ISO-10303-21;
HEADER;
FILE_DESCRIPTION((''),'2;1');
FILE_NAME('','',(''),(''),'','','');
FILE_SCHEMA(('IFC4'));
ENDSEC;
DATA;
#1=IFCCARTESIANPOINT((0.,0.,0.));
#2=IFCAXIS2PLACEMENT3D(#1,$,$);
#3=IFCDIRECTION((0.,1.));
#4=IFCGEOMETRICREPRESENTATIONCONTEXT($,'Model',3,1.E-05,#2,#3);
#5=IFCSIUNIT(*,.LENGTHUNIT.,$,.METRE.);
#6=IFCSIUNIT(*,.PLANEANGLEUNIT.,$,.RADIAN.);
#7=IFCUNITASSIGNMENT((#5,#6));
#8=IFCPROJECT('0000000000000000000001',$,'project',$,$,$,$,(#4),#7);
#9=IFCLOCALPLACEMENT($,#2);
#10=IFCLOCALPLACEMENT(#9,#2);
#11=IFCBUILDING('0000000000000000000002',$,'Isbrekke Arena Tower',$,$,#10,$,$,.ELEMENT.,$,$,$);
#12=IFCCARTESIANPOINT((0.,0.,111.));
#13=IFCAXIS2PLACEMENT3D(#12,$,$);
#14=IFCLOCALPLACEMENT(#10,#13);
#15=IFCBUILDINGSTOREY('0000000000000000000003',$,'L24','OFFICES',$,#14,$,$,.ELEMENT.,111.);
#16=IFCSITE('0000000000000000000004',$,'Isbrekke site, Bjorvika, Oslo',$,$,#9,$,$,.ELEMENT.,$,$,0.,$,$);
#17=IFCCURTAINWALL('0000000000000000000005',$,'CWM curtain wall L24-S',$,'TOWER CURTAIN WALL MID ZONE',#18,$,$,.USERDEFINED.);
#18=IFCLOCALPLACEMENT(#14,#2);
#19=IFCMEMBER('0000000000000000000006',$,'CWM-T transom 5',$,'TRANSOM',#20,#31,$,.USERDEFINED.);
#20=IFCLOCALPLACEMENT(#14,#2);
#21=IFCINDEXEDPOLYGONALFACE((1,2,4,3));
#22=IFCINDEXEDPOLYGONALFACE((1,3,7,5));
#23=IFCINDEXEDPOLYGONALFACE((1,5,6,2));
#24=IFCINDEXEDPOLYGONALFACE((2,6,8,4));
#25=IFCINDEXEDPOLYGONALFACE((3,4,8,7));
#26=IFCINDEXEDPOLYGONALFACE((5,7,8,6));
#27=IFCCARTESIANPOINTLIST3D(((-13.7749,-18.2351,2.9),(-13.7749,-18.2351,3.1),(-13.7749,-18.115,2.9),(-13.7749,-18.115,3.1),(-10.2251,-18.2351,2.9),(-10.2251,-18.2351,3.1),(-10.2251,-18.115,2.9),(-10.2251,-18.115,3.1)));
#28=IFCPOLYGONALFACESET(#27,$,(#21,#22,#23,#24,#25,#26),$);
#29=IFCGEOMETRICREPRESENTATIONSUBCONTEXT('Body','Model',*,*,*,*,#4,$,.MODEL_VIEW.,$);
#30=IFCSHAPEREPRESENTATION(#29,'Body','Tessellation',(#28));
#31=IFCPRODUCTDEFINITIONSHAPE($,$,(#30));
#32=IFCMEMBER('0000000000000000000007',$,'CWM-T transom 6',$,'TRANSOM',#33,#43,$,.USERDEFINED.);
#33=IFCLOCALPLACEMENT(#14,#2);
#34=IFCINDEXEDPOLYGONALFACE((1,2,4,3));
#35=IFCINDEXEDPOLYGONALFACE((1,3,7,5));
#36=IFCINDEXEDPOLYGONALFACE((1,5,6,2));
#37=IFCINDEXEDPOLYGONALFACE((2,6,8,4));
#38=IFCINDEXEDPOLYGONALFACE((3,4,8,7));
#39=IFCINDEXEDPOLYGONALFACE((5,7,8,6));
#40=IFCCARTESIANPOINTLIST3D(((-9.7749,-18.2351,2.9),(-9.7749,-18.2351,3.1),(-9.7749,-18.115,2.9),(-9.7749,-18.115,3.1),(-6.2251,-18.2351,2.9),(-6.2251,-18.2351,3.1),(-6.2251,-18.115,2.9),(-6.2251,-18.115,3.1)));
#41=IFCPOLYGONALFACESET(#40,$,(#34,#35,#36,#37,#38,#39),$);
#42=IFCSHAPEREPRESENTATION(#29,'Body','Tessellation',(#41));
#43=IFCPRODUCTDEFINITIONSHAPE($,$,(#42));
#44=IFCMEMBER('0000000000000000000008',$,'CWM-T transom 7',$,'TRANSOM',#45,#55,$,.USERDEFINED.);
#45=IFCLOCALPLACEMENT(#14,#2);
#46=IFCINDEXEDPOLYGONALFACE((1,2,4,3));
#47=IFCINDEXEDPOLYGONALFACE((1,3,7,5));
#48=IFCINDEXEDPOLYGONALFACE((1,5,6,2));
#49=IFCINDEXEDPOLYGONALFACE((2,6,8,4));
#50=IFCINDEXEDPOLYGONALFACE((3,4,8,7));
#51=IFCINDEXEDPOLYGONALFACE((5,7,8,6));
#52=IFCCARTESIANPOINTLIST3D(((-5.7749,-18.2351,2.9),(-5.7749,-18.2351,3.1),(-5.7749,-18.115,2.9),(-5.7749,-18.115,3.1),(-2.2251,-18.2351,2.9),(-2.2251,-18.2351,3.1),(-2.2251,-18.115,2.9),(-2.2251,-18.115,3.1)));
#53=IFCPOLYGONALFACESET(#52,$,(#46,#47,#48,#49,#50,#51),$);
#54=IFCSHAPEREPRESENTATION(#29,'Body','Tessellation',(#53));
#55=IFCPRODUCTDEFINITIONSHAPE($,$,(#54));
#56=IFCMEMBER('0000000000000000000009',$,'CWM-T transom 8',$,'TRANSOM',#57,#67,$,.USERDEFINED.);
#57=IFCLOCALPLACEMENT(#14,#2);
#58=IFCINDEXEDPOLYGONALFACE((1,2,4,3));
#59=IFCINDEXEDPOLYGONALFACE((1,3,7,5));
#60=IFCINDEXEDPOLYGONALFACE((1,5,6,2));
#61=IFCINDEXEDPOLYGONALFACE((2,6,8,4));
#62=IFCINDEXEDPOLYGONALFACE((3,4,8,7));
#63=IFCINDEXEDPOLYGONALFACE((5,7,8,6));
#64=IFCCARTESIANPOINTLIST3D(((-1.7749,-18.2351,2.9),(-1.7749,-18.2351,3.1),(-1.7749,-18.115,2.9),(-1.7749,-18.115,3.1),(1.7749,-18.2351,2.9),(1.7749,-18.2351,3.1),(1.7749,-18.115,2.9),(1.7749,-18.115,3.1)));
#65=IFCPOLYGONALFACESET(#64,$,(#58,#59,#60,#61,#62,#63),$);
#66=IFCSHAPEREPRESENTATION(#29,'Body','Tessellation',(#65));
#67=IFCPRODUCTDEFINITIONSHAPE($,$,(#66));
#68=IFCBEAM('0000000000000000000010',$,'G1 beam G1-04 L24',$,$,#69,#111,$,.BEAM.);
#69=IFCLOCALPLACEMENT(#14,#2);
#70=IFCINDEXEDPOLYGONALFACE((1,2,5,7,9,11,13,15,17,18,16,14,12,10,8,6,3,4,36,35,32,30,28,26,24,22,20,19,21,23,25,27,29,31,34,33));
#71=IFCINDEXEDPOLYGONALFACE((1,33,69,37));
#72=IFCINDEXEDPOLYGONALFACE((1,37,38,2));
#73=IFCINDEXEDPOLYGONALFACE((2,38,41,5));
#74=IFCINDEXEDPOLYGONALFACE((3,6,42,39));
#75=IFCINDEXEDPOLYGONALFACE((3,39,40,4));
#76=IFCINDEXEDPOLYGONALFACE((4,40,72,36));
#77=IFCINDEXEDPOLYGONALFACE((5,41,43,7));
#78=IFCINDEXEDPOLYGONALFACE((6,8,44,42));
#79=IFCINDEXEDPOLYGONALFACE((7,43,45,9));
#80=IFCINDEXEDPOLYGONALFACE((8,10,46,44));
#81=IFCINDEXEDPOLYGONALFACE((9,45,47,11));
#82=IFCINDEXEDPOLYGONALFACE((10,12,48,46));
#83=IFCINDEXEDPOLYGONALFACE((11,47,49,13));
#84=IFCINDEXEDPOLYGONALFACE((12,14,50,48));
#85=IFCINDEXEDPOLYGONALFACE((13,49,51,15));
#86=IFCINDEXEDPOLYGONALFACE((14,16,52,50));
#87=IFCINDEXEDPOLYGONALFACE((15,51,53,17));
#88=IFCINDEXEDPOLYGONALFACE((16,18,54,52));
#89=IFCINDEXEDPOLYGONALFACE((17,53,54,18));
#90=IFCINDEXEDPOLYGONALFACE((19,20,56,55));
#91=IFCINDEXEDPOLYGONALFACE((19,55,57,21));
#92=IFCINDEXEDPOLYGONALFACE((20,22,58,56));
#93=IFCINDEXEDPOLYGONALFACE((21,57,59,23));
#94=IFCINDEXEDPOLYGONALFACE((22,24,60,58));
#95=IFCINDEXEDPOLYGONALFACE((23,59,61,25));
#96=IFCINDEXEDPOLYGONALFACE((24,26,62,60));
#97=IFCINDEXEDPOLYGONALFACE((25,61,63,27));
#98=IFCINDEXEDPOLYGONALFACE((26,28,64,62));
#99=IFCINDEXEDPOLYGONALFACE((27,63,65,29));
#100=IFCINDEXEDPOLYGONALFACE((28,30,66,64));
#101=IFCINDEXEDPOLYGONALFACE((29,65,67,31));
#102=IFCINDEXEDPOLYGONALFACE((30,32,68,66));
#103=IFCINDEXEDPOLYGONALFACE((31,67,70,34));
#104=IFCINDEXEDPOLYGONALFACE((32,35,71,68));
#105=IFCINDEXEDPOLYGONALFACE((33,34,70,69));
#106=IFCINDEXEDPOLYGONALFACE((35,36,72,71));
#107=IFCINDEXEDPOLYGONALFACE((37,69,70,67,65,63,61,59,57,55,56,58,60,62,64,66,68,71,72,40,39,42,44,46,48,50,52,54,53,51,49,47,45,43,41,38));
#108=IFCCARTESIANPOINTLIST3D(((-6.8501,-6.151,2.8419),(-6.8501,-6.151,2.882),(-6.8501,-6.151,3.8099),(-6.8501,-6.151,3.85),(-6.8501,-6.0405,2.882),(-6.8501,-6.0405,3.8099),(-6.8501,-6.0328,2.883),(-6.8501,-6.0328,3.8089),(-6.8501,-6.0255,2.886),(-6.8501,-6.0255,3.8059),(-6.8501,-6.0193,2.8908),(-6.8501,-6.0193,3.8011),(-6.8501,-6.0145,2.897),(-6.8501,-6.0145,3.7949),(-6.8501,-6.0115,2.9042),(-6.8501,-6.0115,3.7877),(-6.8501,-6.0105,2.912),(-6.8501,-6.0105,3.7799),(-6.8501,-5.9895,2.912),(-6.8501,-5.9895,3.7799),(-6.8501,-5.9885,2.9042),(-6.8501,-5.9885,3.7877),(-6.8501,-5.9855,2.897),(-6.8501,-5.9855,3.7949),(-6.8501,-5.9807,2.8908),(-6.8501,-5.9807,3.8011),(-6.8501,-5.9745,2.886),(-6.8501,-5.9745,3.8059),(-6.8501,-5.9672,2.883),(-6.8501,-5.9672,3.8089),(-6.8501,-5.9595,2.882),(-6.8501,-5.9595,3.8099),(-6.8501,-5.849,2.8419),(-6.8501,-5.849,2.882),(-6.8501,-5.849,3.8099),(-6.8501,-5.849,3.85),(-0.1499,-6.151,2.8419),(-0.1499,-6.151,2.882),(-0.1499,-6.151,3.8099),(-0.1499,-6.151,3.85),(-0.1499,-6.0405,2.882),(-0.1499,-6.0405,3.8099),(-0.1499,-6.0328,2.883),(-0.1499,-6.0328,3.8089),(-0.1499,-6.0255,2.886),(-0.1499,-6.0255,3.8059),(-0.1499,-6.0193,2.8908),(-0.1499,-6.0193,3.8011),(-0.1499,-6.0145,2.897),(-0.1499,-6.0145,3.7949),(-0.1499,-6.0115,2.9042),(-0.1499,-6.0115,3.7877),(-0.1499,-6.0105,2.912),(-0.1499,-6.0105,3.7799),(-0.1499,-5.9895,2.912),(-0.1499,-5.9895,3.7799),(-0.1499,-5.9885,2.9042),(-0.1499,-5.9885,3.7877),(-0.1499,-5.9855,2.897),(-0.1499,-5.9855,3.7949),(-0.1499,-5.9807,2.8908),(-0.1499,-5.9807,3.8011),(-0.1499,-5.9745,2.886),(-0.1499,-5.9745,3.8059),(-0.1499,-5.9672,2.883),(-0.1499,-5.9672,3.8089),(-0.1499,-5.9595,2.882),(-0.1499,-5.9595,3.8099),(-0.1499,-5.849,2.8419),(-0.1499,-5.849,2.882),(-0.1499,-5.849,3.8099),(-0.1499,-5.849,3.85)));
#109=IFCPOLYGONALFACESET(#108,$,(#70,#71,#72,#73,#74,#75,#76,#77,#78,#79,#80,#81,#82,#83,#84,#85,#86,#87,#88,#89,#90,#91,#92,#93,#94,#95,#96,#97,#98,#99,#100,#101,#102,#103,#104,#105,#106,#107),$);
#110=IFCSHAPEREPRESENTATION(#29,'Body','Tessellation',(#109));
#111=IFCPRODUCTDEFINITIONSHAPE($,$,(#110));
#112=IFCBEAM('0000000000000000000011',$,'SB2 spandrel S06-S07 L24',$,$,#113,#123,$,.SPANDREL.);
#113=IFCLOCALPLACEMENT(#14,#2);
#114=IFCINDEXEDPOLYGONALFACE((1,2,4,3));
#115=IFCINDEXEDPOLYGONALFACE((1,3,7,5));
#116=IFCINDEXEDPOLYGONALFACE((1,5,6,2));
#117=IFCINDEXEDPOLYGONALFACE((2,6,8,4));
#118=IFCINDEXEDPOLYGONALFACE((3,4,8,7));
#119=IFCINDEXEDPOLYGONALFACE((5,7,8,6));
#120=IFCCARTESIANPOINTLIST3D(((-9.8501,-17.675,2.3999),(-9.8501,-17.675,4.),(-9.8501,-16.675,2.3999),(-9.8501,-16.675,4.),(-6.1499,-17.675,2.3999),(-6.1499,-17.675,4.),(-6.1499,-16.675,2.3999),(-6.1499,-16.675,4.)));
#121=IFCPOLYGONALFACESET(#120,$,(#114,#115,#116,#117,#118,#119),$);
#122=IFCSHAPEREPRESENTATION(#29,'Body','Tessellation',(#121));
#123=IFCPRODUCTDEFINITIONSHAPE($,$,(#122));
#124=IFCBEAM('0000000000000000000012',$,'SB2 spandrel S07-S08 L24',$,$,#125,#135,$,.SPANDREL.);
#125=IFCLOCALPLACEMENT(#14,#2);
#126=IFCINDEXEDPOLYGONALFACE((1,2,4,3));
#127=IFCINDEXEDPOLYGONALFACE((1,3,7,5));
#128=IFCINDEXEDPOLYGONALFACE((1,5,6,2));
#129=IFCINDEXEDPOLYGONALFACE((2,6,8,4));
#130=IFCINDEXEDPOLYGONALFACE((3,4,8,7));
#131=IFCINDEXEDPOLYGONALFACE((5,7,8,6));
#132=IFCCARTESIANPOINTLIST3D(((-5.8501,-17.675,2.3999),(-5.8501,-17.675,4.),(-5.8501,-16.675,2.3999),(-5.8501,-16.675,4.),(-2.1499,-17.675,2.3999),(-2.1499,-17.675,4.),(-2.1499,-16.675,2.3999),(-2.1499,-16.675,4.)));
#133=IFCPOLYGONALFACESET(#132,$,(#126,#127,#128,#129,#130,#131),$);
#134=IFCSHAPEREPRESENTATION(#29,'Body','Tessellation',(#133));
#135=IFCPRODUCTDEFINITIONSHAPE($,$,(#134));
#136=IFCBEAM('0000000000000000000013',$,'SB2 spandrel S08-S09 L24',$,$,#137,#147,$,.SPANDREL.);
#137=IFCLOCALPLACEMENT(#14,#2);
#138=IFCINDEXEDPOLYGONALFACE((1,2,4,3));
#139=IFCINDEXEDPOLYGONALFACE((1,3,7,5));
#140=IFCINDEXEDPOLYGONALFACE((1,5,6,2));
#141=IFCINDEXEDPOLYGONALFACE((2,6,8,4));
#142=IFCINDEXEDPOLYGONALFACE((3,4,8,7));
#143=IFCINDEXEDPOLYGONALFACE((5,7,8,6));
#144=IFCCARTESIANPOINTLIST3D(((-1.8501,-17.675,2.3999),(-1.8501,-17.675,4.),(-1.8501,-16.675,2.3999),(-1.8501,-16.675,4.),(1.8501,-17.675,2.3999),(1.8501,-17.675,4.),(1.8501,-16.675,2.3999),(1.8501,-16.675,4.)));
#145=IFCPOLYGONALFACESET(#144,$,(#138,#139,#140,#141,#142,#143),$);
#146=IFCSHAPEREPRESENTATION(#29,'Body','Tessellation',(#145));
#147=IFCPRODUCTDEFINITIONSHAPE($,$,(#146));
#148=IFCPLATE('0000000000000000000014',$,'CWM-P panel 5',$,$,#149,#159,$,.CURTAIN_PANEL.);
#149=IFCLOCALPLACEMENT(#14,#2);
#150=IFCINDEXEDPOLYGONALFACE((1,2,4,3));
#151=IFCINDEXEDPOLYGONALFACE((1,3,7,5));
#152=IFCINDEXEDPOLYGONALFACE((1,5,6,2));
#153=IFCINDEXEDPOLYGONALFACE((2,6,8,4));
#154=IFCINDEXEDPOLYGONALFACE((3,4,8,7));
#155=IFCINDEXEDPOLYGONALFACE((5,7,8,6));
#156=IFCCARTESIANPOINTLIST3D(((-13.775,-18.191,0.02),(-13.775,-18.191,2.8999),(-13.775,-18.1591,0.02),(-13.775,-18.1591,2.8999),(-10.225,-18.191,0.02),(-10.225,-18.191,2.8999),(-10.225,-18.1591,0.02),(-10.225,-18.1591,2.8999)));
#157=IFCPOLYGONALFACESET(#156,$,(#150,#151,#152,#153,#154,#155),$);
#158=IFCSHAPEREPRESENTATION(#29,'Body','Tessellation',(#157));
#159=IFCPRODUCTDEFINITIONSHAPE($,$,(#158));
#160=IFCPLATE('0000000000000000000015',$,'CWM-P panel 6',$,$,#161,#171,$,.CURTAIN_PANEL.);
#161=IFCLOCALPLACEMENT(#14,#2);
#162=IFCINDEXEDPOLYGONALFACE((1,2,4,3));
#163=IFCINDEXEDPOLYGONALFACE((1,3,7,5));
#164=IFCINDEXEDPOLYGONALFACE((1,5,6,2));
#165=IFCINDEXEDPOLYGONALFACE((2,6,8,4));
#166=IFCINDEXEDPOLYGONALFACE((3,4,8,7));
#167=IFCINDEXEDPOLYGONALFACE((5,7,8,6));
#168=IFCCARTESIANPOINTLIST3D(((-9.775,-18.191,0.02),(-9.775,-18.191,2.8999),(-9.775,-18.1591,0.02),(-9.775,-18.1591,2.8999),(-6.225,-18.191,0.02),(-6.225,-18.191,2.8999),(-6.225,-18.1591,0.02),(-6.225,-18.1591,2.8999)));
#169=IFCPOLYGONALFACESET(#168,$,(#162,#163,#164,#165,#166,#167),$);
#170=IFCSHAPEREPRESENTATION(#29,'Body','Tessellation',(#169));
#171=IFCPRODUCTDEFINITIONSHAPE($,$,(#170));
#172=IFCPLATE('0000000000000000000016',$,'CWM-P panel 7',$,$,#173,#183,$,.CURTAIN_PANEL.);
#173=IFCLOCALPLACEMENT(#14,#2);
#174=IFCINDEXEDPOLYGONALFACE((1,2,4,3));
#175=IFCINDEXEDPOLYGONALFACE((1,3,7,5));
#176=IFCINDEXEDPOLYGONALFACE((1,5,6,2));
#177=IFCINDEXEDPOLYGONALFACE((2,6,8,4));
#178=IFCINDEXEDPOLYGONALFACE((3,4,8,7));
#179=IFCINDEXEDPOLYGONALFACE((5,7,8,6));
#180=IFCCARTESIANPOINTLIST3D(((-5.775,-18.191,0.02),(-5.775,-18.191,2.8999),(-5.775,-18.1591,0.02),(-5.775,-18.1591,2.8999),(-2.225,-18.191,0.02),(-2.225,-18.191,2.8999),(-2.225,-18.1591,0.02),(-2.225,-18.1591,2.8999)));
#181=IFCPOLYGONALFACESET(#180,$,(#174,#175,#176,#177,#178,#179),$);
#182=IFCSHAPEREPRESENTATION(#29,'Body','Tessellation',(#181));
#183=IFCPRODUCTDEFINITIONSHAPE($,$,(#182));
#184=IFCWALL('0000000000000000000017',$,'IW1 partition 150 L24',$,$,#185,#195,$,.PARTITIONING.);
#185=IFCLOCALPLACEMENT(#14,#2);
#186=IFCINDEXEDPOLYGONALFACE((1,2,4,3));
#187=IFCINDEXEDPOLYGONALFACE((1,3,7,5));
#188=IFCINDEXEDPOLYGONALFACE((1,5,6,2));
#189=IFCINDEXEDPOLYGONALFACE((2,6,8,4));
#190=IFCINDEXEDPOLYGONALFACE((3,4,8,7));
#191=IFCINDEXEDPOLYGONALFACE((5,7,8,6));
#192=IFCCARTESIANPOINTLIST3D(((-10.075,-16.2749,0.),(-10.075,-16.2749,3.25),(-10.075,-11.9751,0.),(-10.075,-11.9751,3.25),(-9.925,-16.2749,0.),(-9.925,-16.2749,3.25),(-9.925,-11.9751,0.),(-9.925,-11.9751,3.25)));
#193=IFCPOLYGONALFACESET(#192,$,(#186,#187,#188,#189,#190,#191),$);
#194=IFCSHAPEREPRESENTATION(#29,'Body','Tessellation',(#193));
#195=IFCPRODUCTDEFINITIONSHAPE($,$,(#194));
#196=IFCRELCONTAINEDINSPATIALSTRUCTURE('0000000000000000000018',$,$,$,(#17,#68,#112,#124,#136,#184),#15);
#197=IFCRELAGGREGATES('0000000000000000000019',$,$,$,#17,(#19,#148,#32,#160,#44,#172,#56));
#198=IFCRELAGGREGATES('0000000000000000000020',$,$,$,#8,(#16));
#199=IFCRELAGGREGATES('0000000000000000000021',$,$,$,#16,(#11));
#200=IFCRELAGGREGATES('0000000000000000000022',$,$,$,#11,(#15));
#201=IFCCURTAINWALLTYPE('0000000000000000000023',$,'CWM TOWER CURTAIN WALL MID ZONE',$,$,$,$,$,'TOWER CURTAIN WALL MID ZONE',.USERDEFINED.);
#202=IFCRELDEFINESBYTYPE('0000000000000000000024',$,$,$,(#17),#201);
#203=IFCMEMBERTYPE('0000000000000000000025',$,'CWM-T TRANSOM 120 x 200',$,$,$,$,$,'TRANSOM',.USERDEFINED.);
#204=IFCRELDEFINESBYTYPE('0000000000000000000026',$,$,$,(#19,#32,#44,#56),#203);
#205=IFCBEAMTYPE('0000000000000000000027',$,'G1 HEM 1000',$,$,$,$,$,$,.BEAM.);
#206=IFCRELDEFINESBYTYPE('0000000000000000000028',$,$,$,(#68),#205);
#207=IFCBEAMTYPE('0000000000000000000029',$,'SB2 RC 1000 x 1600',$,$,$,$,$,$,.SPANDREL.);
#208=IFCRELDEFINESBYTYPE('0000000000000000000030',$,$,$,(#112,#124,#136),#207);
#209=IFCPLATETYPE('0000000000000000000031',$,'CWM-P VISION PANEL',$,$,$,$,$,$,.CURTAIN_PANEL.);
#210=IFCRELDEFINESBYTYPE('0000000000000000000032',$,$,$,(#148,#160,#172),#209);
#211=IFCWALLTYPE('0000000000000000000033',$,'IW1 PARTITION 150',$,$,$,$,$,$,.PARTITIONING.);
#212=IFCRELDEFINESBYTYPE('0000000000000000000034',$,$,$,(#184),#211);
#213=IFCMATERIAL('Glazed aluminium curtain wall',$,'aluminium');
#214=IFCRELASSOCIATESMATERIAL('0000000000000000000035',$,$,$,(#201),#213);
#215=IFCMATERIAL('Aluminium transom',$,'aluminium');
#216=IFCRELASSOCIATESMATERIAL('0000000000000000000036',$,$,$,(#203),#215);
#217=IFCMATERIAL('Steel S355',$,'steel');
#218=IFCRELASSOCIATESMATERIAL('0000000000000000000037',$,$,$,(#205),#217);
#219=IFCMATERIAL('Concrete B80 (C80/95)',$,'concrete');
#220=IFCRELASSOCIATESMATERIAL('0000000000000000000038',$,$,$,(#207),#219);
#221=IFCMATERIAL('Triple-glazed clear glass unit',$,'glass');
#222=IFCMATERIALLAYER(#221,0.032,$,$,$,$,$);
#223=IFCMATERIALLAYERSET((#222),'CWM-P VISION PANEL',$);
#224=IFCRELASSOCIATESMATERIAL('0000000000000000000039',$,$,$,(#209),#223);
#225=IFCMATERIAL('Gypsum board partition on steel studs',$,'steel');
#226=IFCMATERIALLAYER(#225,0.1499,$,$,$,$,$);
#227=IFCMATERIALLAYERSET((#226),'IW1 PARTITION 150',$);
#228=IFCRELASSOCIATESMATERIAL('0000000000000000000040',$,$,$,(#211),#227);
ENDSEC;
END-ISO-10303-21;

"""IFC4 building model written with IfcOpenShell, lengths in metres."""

from ifc_helpers import new_model, si_unit, direction, frame, frame_2d, origin, origin_2d, place, context, subcontext, project, spatial, rectangle, i_section, extrude, material, layer, layer_set, material_profile, profile_set, type_object, element, aggregate, save


model = new_model("IFC4")

# Units and contexts
model_context = context("Model", 3, precision=1e-05, world=origin(), true_north=direction((0.0, 1.0)))
body_context = subcontext(model_context, "Body", "Model", "MODEL_VIEW")
ifc_project = project(units=[si_unit("LENGTHUNIT", "METRE"), si_unit("PLANEANGLEUNIT", "RADIAN")], contexts=[model_context])

# Site, building, storey
site_placement = place(None, origin())
site = spatial("IfcSite", under=ifc_project, at=site_placement, Name="Isbrekke site, Bjorvika, Oslo", CompositionType="ELEMENT", RefElevation=0.0)
building_placement = place(site_placement, origin())
building = spatial("IfcBuilding", under=site, at=building_placement, Name="Isbrekke Arena Tower", CompositionType="ELEMENT")
storey_placement = place(building_placement, frame((0.0, 0.0, 111.0)))
storey = spatial("IfcBuildingStorey", under=building, at=storey_placement, Name="L24", Description="OFFICES", CompositionType="ELEMENT", Elevation=111.0)

# Curtain wall, members
ifc_material_1 = material(Name="Glazed aluminium curtain wall", Category="aluminium")
curtain_wall_type = type_object("IfcCurtainWallType", Name="CWM TOWER CURTAIN WALL MID ZONE", ElementType="TOWER CURTAIN WALL MID ZONE", PredefinedType="USERDEFINED", material=ifc_material_1)
curtain_wall_placement = place(storey_placement, origin())
curtain_wall = element("IfcCurtainWall", 1, at=curtain_wall_placement, inside=storey, type_object=curtain_wall_type, Name="CWM curtain wall L24-S", ObjectType="TOWER CURTAIN WALL MID ZONE", PredefinedType="USERDEFINED")
ifc_material_2 = material(Name="Aluminium transom", Category="aluminium")
ifc_material_profile_1 = material_profile(ifc_material_2, rectangle(XDim=0.1201, YDim=0.2, at=origin_2d()), Name="TRANSOM 120X200")
ifc_profile_set_1 = profile_set([ifc_material_profile_1], Name="Aluminium transom")
member_type_1 = type_object("IfcMemberType", Name="CWM-T TRANSOM 120 x 200", ElementType="TRANSOM", PredefinedType="USERDEFINED", material=ifc_profile_set_1)
member_1_placement = place(storey_placement, frame((-13.7749, -18.175, 3.0), z_axis=(1.0, 0.0, 0.0), x_axis=(0.0, 1.0, 0.0)))
member_1 = element("IfcMember", 2, at=member_1_placement, type_object=member_type_1, Name="CWM-T transom 5", ObjectType="TRANSOM", PredefinedType="USERDEFINED", context=body_context, shape_type="SweptSolid", body=[
    extrude(rectangle(XDim=0.1201, YDim=0.2, at=origin_2d()), origin(), (0.0, 0.0, 1.0), 3.5498),
])
member_2_placement = place(storey_placement, frame((-9.7749, -18.175, 3.0), z_axis=(1.0, 0.0, 0.0), x_axis=(0.0, 1.0, 0.0)))
member_2 = element("IfcMember", 3, at=member_2_placement, type_object=member_type_1, Name="CWM-T transom 6", ObjectType="TRANSOM", PredefinedType="USERDEFINED", context=body_context, shape_type="SweptSolid", body=[
    extrude(rectangle(XDim=0.1201, YDim=0.2, at=origin_2d()), origin(), (0.0, 0.0, 1.0), 3.5498),
])
member_3_placement = place(storey_placement, frame((-5.7749, -18.175, 3.0), z_axis=(1.0, 0.0, 0.0), x_axis=(0.0, 1.0, 0.0)))
member_3 = element("IfcMember", 4, at=member_3_placement, type_object=member_type_1, Name="CWM-T transom 7", ObjectType="TRANSOM", PredefinedType="USERDEFINED", context=body_context, shape_type="SweptSolid", body=[
    extrude(rectangle(XDim=0.1201, YDim=0.2, at=origin_2d()), origin(), (0.0, 0.0, 1.0), 3.5498),
])
member_4_placement = place(storey_placement, frame((-1.7749, -18.175, 3.0), z_axis=(1.0, 0.0, 0.0), x_axis=(0.0, 1.0, 0.0)))
member_4 = element("IfcMember", 5, at=member_4_placement, type_object=member_type_1, Name="CWM-T transom 8", ObjectType="TRANSOM", PredefinedType="USERDEFINED", context=body_context, shape_type="SweptSolid", body=[
    extrude(rectangle(XDim=0.1201, YDim=0.2, at=origin_2d()), origin(), (0.0, 0.0, 1.0), 3.5498),
])

# Beams
ifc_material_3 = material(Name="Steel S355", Category="steel")
ifc_material_profile_2 = material_profile(ifc_material_3, i_section(OverallWidth=0.302, OverallDepth=1.0081, WebThickness=0.021, FlangeThickness=0.04, FilletRadius=0.03, at=origin_2d()), Name="HEM 1000")
ifc_profile_set_2 = profile_set([ifc_material_profile_2], Name="Steel S355")
beam_type_1 = type_object("IfcBeamType", Name="G1 HEM 1000", PredefinedType="BEAM", material=ifc_profile_set_2)
beam_1_placement = place(storey_placement, frame((-6.8501, -6.0, 3.3459), z_axis=(1.0, 0.0, 0.0), x_axis=(0.0, 1.0, 0.0)))
element("IfcBeam", 6, at=beam_1_placement, inside=storey, type_object=beam_type_1, Name="G1 beam G1-04 L24", PredefinedType="BEAM", context=body_context, shape_type="SweptSolid", body=[
    extrude(i_section(OverallWidth=0.302, OverallDepth=1.0081, WebThickness=0.021, FlangeThickness=0.04, FilletRadius=0.03, at=origin_2d()), origin(), (0.0, 0.0, 1.0), 6.7002),
])
ifc_material_4 = material(Name="Concrete B80 (C80/95)", Category="concrete")
ifc_material_profile_3 = material_profile(ifc_material_4, rectangle(XDim=1.0, YDim=1.6001, at=origin_2d()), Name="RC 1000x1600")
ifc_profile_set_3 = profile_set([ifc_material_profile_3], Name="Concrete B80 (C80/95)")
beam_type_2 = type_object("IfcBeamType", Name="SB2 RC 1000 x 1600", PredefinedType="SPANDREL", material=ifc_profile_set_3)
for number, where, z_axis, x_axis, name in (
    (7, (-9.8501, -17.175, 3.2), (1.0, 0.0, 0.0), (0.0, 1.0, 0.0), "SB2 spandrel S06-S07 L24"),
    (8, (-5.8501, -17.175, 3.2), (1.0, 0.0, 0.0), (0.0, 1.0, 0.0), "SB2 spandrel S07-S08 L24"),
    (9, (-1.8501, -17.175, 3.2), (1.0, 0.0, 0.0), (0.0, 1.0, 0.0), "SB2 spandrel S08-S09 L24"),
):
    element("IfcBeam", number, at=place(storey_placement, frame(where, z_axis=z_axis, x_axis=x_axis)), inside=storey, type_object=beam_type_2, Name=name, PredefinedType="SPANDREL", context=body_context, shape_type="SweptSolid", body=[
        extrude(rectangle(XDim=1.0, YDim=1.6001, at=origin_2d()), origin(), (0.0, 0.0, 1.0), 3.7002),
    ])

# Plates
ifc_material_5 = material(Name="Triple-glazed clear glass unit", Category="glass")
ifc_layer_1 = layer(ifc_material_5, 0.032)
ifc_layer_set_1 = layer_set([ifc_layer_1], Name="CWM-P VISION PANEL")
plate_type = type_object("IfcPlateType", Name="CWM-P VISION PANEL", PredefinedType="CURTAIN_PANEL", material=ifc_layer_set_1)
plate_1_placement = place(storey_placement, frame((-12.0, -18.175, 0.02), z_axis=(0.0, 0.0, 1.0), x_axis=(1.0, 0.0, 0.0)))
plate_1 = element("IfcPlate", 10, at=plate_1_placement, type_object=plate_type, Name="CWM-P panel 5", PredefinedType="CURTAIN_PANEL", context=body_context, shape_type="SweptSolid", body=[
    extrude(rectangle(XDim=3.55, YDim=0.032, at=origin_2d()), origin(), (0.0, 0.0, 1.0), 2.8799),
])
plate_2_placement = place(storey_placement, frame((-8.0, -18.175, 0.02), z_axis=(0.0, 0.0, 1.0), x_axis=(1.0, 0.0, 0.0)))
plate_2 = element("IfcPlate", 11, at=plate_2_placement, type_object=plate_type, Name="CWM-P panel 6", PredefinedType="CURTAIN_PANEL", context=body_context, shape_type="SweptSolid", body=[
    extrude(rectangle(XDim=3.55, YDim=0.032, at=origin_2d()), origin(), (0.0, 0.0, 1.0), 2.8799),
])
plate_3_placement = place(storey_placement, frame((-4.0, -18.175, 0.02), z_axis=(0.0, 0.0, 1.0), x_axis=(1.0, 0.0, 0.0)))
plate_3 = element("IfcPlate", 12, at=plate_3_placement, type_object=plate_type, Name="CWM-P panel 7", PredefinedType="CURTAIN_PANEL", context=body_context, shape_type="SweptSolid", body=[
    extrude(rectangle(XDim=3.55, YDim=0.032, at=origin_2d()), origin(), (0.0, 0.0, 1.0), 2.8799),
])
aggregate(curtain_wall, [member_1, plate_1, member_2, plate_2, member_3, plate_3, member_4])

# Wall
ifc_material_6 = material(Name="Gypsum board partition on steel studs", Category="steel")
ifc_layer_2 = layer(ifc_material_6, 0.1499)
ifc_layer_set_2 = layer_set([ifc_layer_2], Name="IW1 PARTITION 150")
wall_type_1 = type_object("IfcWallType", Name="IW1 PARTITION 150", PredefinedType="PARTITIONING", material=ifc_layer_set_2)
wall_1_placement = place(storey_placement, frame((-10.0, -16.2749, 0.0), z_axis=(0.0, 0.0, 1.0), x_axis=(0.0, 1.0, 0.0)))
element("IfcWall", 13, at=wall_1_placement, inside=storey, type_object=wall_type_1, Name="IW1 partition 150 L24", PredefinedType="PARTITIONING", context=body_context, shape_type="SweptSolid", body=[
    extrude(rectangle(XDim=4.2998, YDim=0.1499, at=frame_2d((2.1499, 0.0))), origin(), (0.0, 0.0, 1.0), 3.25),
])

save(model, "model.ifc")
